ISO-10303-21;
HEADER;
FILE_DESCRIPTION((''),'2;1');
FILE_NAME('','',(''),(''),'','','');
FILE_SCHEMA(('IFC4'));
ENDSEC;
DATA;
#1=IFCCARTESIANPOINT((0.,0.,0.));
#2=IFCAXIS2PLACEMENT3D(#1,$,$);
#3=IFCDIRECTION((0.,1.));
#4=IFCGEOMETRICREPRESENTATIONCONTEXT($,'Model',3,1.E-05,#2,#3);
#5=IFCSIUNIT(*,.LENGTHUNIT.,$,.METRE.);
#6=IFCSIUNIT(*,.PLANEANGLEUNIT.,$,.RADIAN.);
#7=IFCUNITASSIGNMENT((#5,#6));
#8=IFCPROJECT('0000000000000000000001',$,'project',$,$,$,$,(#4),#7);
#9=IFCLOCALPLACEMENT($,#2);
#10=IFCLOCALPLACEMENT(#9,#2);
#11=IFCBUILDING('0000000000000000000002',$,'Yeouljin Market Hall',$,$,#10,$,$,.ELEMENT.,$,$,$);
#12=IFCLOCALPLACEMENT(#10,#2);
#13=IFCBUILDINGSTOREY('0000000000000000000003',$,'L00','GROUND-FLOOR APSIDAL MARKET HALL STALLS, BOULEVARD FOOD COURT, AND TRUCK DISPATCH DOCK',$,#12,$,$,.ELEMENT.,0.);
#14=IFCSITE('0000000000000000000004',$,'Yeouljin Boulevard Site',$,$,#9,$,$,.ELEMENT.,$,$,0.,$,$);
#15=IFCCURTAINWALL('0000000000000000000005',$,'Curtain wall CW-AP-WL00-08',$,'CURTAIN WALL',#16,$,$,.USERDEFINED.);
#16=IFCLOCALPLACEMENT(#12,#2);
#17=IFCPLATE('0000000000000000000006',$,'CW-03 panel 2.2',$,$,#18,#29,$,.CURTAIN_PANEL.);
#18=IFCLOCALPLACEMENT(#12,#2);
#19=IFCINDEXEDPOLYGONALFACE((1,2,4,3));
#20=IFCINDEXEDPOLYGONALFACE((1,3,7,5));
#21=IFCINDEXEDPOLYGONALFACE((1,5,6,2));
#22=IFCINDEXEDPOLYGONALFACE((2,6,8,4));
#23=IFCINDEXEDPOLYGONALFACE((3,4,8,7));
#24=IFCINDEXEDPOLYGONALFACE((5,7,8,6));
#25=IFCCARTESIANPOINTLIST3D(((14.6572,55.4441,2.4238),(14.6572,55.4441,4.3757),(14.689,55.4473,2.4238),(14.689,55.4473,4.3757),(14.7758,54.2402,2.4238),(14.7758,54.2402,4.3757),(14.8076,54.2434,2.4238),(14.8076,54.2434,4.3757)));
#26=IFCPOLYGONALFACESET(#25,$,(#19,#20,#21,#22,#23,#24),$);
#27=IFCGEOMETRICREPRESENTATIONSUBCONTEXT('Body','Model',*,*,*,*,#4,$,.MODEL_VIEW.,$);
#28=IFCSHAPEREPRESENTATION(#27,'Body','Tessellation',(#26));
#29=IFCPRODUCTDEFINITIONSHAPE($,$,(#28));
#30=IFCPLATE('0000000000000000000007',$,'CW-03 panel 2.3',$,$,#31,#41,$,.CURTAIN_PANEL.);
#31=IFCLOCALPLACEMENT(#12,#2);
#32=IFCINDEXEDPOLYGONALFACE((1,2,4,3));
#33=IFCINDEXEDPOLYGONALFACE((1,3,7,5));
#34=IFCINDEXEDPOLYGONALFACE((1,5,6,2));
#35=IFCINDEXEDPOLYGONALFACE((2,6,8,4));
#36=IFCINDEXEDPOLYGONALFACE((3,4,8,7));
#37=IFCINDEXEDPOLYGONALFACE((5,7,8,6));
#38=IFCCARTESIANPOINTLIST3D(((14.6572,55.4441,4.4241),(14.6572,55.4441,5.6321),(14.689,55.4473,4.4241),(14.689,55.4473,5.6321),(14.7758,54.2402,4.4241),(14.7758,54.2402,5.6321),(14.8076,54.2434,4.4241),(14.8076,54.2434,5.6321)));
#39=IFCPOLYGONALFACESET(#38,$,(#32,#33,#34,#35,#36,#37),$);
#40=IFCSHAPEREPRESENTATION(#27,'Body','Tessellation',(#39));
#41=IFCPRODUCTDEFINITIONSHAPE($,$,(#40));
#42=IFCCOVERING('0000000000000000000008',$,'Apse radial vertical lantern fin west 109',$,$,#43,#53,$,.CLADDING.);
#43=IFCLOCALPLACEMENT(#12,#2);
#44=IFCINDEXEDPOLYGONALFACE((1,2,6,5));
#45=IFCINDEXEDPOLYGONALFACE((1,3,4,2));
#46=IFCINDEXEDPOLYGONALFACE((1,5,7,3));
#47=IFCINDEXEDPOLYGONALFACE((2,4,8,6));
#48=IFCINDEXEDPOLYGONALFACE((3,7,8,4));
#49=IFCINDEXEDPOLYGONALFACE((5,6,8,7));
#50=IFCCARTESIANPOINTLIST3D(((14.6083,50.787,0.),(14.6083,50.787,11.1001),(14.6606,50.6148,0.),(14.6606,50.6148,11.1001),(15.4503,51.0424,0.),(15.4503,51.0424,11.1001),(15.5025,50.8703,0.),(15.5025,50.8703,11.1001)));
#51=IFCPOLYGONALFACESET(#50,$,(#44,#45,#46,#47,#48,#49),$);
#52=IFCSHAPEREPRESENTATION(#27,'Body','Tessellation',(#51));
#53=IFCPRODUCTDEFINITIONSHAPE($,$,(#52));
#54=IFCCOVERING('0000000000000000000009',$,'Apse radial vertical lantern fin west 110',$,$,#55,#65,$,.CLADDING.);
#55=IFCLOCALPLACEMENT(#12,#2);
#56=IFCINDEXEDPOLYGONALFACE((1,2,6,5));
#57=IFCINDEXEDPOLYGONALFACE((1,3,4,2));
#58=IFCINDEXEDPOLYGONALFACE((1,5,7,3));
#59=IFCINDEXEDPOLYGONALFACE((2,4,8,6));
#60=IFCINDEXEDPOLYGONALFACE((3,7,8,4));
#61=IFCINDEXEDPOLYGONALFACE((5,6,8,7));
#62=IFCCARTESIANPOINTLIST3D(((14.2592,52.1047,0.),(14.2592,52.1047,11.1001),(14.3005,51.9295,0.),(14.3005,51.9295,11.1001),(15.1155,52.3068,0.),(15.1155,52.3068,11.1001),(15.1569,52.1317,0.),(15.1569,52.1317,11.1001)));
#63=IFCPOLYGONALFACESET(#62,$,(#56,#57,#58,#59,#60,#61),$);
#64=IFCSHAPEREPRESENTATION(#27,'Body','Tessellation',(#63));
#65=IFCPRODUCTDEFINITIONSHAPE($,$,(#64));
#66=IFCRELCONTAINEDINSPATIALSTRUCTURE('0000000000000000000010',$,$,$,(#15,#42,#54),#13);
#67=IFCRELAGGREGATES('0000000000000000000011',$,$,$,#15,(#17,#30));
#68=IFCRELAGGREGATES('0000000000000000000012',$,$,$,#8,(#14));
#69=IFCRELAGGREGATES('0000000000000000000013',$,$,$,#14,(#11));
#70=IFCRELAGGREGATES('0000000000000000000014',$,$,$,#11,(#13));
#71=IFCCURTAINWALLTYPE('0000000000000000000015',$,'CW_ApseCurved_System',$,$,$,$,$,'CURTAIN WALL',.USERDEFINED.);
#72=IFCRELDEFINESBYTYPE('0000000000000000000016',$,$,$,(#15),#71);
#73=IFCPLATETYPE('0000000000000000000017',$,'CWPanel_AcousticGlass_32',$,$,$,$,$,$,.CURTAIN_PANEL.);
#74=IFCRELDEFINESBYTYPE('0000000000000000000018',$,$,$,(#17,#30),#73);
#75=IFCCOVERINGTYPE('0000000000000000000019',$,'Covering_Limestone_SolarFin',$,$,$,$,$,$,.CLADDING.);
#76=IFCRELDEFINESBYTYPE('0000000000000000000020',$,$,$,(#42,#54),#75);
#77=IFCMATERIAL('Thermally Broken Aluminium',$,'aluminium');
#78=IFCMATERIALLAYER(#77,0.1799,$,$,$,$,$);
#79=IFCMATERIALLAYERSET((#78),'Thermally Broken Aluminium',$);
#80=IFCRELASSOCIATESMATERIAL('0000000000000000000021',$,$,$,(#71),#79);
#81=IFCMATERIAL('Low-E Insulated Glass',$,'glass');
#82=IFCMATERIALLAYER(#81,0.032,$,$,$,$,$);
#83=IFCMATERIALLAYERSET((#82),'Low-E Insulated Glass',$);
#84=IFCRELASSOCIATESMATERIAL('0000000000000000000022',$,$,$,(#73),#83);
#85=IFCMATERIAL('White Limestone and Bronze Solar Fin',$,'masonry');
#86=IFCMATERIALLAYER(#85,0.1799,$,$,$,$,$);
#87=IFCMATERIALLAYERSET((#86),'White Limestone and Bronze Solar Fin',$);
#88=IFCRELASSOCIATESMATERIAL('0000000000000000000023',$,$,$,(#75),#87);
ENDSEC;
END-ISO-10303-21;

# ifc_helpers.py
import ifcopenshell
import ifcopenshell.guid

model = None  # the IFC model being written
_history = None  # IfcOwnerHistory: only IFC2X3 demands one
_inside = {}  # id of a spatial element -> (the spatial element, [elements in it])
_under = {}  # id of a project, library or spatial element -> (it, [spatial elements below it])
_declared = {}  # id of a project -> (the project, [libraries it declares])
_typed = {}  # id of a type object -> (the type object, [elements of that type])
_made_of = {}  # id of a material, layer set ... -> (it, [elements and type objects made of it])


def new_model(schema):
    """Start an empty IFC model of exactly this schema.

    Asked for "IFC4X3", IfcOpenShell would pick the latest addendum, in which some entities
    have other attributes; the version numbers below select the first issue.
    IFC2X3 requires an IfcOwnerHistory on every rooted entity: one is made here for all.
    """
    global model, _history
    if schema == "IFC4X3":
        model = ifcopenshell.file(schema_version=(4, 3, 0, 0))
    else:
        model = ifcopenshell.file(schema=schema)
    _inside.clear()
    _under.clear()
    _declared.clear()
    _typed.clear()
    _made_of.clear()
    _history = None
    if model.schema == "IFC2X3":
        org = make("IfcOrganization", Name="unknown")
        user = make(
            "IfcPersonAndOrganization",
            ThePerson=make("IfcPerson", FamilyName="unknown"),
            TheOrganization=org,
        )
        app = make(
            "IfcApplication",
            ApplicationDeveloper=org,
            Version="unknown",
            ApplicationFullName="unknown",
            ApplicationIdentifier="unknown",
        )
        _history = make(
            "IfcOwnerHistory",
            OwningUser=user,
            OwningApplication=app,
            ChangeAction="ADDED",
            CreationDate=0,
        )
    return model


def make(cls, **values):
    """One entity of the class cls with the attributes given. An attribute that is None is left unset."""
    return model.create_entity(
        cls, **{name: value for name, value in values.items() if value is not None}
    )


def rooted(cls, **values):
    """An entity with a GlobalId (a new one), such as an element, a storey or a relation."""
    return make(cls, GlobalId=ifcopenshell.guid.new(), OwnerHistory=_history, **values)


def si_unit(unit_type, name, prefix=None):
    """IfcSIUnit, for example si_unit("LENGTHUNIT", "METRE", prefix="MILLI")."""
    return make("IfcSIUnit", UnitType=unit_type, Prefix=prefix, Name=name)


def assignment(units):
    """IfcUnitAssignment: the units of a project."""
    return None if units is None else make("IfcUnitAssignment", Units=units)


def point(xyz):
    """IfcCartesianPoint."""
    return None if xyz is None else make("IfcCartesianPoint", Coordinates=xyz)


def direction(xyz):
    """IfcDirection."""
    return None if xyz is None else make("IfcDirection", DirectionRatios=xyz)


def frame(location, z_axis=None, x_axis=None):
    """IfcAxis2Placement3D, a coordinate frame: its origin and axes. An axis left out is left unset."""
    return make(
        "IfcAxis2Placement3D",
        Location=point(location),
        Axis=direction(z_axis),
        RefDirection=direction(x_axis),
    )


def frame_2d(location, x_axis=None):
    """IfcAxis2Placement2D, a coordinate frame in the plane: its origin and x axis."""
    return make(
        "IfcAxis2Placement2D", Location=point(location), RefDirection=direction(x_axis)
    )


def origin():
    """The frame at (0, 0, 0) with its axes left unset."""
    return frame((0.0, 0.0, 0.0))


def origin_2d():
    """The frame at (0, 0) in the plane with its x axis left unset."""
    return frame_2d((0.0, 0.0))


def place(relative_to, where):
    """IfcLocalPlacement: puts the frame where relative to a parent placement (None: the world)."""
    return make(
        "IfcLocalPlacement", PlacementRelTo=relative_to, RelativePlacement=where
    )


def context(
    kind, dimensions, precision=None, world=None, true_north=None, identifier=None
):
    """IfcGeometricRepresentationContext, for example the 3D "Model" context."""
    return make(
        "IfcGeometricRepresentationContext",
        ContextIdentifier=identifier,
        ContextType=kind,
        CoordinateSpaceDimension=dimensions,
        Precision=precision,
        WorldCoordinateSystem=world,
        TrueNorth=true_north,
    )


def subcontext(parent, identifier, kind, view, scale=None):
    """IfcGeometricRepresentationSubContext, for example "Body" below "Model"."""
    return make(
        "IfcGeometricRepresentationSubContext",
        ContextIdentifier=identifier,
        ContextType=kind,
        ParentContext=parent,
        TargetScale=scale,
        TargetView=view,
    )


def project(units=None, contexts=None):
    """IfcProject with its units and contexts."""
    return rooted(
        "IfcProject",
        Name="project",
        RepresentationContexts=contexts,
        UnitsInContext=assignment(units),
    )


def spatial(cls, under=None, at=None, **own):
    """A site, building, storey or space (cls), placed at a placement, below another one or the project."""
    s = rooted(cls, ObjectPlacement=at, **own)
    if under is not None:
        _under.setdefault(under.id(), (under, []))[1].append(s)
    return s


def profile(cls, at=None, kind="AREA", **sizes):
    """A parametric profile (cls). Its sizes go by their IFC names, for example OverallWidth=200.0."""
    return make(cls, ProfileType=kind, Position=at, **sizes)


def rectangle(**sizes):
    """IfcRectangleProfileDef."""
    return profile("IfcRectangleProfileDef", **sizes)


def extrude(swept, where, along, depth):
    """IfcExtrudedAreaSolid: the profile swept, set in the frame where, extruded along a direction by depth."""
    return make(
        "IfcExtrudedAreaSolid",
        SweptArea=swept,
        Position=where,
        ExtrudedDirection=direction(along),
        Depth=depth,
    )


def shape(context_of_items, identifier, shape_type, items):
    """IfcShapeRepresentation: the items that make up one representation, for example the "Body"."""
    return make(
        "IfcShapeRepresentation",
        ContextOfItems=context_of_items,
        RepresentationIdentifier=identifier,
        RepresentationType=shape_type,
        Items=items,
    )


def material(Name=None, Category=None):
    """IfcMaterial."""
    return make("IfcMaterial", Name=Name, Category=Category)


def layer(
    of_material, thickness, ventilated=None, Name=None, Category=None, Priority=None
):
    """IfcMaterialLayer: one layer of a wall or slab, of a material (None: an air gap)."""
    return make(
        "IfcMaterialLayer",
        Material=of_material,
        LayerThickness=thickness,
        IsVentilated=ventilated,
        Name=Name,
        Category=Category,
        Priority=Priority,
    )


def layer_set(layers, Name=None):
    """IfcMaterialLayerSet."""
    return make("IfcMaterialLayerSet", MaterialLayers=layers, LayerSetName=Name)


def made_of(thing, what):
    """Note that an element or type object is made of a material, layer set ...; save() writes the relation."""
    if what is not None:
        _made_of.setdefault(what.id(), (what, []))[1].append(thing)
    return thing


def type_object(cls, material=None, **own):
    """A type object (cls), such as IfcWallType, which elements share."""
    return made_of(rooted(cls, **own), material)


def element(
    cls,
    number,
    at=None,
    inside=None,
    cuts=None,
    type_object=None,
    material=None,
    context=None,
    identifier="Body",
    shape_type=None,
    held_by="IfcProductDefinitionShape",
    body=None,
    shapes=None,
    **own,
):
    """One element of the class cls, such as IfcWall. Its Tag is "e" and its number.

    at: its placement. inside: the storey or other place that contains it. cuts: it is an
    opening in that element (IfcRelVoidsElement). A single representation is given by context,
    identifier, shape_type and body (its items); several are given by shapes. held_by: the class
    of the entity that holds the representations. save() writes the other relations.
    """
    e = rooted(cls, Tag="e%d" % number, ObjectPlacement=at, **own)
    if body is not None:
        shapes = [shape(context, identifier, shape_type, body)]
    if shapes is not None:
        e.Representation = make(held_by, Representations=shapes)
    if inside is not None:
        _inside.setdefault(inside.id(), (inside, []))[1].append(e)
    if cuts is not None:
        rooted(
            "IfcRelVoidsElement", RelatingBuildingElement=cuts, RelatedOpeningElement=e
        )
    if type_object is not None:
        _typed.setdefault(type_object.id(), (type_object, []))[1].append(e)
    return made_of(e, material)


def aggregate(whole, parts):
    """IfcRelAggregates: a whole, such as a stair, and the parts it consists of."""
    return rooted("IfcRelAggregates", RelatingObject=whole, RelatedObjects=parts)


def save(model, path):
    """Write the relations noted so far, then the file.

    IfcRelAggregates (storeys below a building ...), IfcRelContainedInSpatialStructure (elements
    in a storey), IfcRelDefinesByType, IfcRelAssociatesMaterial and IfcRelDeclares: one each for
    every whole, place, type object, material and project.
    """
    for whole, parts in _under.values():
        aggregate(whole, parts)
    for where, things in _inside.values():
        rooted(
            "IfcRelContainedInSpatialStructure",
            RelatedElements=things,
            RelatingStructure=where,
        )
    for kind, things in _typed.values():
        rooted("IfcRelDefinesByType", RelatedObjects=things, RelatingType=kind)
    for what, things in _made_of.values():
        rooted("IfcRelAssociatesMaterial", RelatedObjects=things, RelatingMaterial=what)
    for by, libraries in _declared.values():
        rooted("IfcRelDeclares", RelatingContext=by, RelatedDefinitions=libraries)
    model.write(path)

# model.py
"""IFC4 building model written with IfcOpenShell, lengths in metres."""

from ifc_helpers import new_model, si_unit, direction, frame, origin, origin_2d, place, context, subcontext, project, spatial, rectangle, extrude, material, layer, layer_set, type_object, element, aggregate, save


model = new_model("IFC4")

# Units and contexts
model_context = context("Model", 3, precision=1e-05, world=origin(), true_north=direction((0.0, 1.0)))
body_context = subcontext(model_context, "Body", "Model", "MODEL_VIEW")
ifc_project = project(units=[si_unit("LENGTHUNIT", "METRE"), si_unit("PLANEANGLEUNIT", "RADIAN")], contexts=[model_context])

# Site, building, storey
site_placement = place(None, origin())
site = spatial("IfcSite", under=ifc_project, at=site_placement, Name="Yeouljin Boulevard Site", CompositionType="ELEMENT", RefElevation=0.0)
building_placement = place(site_placement, origin())
building = spatial("IfcBuilding", under=site, at=building_placement, Name="Yeouljin Market Hall", CompositionType="ELEMENT")
storey_placement = place(building_placement, origin())
storey = spatial("IfcBuildingStorey", under=building, at=storey_placement, Name="L00", Description="GROUND-FLOOR APSIDAL MARKET HALL STALLS, BOULEVARD FOOD COURT, AND TRUCK DISPATCH DOCK", CompositionType="ELEMENT", Elevation=0.0)

# Curtain wall
ifc_material_1 = material(Name="Thermally Broken Aluminium", Category="aluminium")
ifc_layer_1 = layer(ifc_material_1, 0.1799)
ifc_layer_set_1 = layer_set([ifc_layer_1], Name="Thermally Broken Aluminium")
curtain_wall_type = type_object("IfcCurtainWallType", Name="CW_ApseCurved_System", ElementType="CURTAIN WALL", PredefinedType="USERDEFINED", material=ifc_layer_set_1)
curtain_wall_1_placement = place(storey_placement, origin())
curtain_wall_1 = element("IfcCurtainWall", 1, at=curtain_wall_1_placement, inside=storey, type_object=curtain_wall_type, Name="Curtain wall CW-AP-WL00-08", ObjectType="CURTAIN WALL", PredefinedType="USERDEFINED")

# Plates
ifc_material_2 = material(Name="Low-E Insulated Glass", Category="glass")
ifc_layer_2 = layer(ifc_material_2, 0.032)
ifc_layer_set_2 = layer_set([ifc_layer_2], Name="Low-E Insulated Glass")
plate_type = type_object("IfcPlateType", Name="CWPanel_AcousticGlass_32", PredefinedType="CURTAIN_PANEL", material=ifc_layer_set_2)
plate_1_placement = place(storey_placement, frame((14.7324, 54.8438, 2.4238), z_axis=(0.0, 0.0, 1.0), x_axis=(-0.098034, 0.995183, 0.0)))
plate_1 = element("IfcPlate", 2, at=plate_1_placement, type_object=plate_type, Name="CW-03 panel 2.2", PredefinedType="CURTAIN_PANEL", context=body_context, shape_type="SweptSolid", body=[
    extrude(rectangle(XDim=1.2097, YDim=0.032, at=origin_2d()), origin(), (0.0, 0.0, 1.0), 1.9519),
])
plate_2_placement = place(storey_placement, frame((14.7324, 54.8438, 4.4241), z_axis=(0.0, 0.0, 1.0), x_axis=(-0.098034, 0.995183, 0.0)))
plate_2 = element("IfcPlate", 3, at=plate_2_placement, type_object=plate_type, Name="CW-03 panel 2.3", PredefinedType="CURTAIN_PANEL", context=body_context, shape_type="SweptSolid", body=[
    extrude(rectangle(XDim=1.2097, YDim=0.032, at=origin_2d()), origin(), (0.0, 0.0, 1.0), 1.208),
])
aggregate(curtain_wall_1, [plate_1, plate_2])

# Coverings
ifc_material_3 = material(Name="White Limestone and Bronze Solar Fin", Category="masonry")
ifc_layer_3 = layer(ifc_material_3, 0.1799)
ifc_layer_set_3 = layer_set([ifc_layer_3], Name="White Limestone and Bronze Solar Fin")
covering_type = type_object("IfcCoveringType", Name="Covering_Limestone_SolarFin", PredefinedType="CLADDING", material=ifc_layer_set_3)
for number, where, z_axis, x_axis, name in (
    (4, (15.0554, 50.8286, 0.0), (0.0, 0.0, 1.0), (-0.956915, -0.290368, 0.0), "Apse radial vertical lantern fin west 109"),
    (5, (14.708, 52.1182, 0.0), (0.0, 0.0, 1.0), (-0.973259, -0.22971, 0.0), "Apse radial vertical lantern fin west 110"),
):
    element("IfcCovering", number, at=place(storey_placement, frame(where, z_axis=z_axis, x_axis=x_axis)), inside=storey, type_object=covering_type, Name=name, PredefinedType="CLADDING", context=body_context, shape_type="SweptSolid", body=[
        extrude(rectangle(XDim=0.8799, YDim=0.1799, at=origin_2d()), origin(), (0.0, 0.0, 1.0), 11.1001),
    ])

save(model, "model.ifc")
